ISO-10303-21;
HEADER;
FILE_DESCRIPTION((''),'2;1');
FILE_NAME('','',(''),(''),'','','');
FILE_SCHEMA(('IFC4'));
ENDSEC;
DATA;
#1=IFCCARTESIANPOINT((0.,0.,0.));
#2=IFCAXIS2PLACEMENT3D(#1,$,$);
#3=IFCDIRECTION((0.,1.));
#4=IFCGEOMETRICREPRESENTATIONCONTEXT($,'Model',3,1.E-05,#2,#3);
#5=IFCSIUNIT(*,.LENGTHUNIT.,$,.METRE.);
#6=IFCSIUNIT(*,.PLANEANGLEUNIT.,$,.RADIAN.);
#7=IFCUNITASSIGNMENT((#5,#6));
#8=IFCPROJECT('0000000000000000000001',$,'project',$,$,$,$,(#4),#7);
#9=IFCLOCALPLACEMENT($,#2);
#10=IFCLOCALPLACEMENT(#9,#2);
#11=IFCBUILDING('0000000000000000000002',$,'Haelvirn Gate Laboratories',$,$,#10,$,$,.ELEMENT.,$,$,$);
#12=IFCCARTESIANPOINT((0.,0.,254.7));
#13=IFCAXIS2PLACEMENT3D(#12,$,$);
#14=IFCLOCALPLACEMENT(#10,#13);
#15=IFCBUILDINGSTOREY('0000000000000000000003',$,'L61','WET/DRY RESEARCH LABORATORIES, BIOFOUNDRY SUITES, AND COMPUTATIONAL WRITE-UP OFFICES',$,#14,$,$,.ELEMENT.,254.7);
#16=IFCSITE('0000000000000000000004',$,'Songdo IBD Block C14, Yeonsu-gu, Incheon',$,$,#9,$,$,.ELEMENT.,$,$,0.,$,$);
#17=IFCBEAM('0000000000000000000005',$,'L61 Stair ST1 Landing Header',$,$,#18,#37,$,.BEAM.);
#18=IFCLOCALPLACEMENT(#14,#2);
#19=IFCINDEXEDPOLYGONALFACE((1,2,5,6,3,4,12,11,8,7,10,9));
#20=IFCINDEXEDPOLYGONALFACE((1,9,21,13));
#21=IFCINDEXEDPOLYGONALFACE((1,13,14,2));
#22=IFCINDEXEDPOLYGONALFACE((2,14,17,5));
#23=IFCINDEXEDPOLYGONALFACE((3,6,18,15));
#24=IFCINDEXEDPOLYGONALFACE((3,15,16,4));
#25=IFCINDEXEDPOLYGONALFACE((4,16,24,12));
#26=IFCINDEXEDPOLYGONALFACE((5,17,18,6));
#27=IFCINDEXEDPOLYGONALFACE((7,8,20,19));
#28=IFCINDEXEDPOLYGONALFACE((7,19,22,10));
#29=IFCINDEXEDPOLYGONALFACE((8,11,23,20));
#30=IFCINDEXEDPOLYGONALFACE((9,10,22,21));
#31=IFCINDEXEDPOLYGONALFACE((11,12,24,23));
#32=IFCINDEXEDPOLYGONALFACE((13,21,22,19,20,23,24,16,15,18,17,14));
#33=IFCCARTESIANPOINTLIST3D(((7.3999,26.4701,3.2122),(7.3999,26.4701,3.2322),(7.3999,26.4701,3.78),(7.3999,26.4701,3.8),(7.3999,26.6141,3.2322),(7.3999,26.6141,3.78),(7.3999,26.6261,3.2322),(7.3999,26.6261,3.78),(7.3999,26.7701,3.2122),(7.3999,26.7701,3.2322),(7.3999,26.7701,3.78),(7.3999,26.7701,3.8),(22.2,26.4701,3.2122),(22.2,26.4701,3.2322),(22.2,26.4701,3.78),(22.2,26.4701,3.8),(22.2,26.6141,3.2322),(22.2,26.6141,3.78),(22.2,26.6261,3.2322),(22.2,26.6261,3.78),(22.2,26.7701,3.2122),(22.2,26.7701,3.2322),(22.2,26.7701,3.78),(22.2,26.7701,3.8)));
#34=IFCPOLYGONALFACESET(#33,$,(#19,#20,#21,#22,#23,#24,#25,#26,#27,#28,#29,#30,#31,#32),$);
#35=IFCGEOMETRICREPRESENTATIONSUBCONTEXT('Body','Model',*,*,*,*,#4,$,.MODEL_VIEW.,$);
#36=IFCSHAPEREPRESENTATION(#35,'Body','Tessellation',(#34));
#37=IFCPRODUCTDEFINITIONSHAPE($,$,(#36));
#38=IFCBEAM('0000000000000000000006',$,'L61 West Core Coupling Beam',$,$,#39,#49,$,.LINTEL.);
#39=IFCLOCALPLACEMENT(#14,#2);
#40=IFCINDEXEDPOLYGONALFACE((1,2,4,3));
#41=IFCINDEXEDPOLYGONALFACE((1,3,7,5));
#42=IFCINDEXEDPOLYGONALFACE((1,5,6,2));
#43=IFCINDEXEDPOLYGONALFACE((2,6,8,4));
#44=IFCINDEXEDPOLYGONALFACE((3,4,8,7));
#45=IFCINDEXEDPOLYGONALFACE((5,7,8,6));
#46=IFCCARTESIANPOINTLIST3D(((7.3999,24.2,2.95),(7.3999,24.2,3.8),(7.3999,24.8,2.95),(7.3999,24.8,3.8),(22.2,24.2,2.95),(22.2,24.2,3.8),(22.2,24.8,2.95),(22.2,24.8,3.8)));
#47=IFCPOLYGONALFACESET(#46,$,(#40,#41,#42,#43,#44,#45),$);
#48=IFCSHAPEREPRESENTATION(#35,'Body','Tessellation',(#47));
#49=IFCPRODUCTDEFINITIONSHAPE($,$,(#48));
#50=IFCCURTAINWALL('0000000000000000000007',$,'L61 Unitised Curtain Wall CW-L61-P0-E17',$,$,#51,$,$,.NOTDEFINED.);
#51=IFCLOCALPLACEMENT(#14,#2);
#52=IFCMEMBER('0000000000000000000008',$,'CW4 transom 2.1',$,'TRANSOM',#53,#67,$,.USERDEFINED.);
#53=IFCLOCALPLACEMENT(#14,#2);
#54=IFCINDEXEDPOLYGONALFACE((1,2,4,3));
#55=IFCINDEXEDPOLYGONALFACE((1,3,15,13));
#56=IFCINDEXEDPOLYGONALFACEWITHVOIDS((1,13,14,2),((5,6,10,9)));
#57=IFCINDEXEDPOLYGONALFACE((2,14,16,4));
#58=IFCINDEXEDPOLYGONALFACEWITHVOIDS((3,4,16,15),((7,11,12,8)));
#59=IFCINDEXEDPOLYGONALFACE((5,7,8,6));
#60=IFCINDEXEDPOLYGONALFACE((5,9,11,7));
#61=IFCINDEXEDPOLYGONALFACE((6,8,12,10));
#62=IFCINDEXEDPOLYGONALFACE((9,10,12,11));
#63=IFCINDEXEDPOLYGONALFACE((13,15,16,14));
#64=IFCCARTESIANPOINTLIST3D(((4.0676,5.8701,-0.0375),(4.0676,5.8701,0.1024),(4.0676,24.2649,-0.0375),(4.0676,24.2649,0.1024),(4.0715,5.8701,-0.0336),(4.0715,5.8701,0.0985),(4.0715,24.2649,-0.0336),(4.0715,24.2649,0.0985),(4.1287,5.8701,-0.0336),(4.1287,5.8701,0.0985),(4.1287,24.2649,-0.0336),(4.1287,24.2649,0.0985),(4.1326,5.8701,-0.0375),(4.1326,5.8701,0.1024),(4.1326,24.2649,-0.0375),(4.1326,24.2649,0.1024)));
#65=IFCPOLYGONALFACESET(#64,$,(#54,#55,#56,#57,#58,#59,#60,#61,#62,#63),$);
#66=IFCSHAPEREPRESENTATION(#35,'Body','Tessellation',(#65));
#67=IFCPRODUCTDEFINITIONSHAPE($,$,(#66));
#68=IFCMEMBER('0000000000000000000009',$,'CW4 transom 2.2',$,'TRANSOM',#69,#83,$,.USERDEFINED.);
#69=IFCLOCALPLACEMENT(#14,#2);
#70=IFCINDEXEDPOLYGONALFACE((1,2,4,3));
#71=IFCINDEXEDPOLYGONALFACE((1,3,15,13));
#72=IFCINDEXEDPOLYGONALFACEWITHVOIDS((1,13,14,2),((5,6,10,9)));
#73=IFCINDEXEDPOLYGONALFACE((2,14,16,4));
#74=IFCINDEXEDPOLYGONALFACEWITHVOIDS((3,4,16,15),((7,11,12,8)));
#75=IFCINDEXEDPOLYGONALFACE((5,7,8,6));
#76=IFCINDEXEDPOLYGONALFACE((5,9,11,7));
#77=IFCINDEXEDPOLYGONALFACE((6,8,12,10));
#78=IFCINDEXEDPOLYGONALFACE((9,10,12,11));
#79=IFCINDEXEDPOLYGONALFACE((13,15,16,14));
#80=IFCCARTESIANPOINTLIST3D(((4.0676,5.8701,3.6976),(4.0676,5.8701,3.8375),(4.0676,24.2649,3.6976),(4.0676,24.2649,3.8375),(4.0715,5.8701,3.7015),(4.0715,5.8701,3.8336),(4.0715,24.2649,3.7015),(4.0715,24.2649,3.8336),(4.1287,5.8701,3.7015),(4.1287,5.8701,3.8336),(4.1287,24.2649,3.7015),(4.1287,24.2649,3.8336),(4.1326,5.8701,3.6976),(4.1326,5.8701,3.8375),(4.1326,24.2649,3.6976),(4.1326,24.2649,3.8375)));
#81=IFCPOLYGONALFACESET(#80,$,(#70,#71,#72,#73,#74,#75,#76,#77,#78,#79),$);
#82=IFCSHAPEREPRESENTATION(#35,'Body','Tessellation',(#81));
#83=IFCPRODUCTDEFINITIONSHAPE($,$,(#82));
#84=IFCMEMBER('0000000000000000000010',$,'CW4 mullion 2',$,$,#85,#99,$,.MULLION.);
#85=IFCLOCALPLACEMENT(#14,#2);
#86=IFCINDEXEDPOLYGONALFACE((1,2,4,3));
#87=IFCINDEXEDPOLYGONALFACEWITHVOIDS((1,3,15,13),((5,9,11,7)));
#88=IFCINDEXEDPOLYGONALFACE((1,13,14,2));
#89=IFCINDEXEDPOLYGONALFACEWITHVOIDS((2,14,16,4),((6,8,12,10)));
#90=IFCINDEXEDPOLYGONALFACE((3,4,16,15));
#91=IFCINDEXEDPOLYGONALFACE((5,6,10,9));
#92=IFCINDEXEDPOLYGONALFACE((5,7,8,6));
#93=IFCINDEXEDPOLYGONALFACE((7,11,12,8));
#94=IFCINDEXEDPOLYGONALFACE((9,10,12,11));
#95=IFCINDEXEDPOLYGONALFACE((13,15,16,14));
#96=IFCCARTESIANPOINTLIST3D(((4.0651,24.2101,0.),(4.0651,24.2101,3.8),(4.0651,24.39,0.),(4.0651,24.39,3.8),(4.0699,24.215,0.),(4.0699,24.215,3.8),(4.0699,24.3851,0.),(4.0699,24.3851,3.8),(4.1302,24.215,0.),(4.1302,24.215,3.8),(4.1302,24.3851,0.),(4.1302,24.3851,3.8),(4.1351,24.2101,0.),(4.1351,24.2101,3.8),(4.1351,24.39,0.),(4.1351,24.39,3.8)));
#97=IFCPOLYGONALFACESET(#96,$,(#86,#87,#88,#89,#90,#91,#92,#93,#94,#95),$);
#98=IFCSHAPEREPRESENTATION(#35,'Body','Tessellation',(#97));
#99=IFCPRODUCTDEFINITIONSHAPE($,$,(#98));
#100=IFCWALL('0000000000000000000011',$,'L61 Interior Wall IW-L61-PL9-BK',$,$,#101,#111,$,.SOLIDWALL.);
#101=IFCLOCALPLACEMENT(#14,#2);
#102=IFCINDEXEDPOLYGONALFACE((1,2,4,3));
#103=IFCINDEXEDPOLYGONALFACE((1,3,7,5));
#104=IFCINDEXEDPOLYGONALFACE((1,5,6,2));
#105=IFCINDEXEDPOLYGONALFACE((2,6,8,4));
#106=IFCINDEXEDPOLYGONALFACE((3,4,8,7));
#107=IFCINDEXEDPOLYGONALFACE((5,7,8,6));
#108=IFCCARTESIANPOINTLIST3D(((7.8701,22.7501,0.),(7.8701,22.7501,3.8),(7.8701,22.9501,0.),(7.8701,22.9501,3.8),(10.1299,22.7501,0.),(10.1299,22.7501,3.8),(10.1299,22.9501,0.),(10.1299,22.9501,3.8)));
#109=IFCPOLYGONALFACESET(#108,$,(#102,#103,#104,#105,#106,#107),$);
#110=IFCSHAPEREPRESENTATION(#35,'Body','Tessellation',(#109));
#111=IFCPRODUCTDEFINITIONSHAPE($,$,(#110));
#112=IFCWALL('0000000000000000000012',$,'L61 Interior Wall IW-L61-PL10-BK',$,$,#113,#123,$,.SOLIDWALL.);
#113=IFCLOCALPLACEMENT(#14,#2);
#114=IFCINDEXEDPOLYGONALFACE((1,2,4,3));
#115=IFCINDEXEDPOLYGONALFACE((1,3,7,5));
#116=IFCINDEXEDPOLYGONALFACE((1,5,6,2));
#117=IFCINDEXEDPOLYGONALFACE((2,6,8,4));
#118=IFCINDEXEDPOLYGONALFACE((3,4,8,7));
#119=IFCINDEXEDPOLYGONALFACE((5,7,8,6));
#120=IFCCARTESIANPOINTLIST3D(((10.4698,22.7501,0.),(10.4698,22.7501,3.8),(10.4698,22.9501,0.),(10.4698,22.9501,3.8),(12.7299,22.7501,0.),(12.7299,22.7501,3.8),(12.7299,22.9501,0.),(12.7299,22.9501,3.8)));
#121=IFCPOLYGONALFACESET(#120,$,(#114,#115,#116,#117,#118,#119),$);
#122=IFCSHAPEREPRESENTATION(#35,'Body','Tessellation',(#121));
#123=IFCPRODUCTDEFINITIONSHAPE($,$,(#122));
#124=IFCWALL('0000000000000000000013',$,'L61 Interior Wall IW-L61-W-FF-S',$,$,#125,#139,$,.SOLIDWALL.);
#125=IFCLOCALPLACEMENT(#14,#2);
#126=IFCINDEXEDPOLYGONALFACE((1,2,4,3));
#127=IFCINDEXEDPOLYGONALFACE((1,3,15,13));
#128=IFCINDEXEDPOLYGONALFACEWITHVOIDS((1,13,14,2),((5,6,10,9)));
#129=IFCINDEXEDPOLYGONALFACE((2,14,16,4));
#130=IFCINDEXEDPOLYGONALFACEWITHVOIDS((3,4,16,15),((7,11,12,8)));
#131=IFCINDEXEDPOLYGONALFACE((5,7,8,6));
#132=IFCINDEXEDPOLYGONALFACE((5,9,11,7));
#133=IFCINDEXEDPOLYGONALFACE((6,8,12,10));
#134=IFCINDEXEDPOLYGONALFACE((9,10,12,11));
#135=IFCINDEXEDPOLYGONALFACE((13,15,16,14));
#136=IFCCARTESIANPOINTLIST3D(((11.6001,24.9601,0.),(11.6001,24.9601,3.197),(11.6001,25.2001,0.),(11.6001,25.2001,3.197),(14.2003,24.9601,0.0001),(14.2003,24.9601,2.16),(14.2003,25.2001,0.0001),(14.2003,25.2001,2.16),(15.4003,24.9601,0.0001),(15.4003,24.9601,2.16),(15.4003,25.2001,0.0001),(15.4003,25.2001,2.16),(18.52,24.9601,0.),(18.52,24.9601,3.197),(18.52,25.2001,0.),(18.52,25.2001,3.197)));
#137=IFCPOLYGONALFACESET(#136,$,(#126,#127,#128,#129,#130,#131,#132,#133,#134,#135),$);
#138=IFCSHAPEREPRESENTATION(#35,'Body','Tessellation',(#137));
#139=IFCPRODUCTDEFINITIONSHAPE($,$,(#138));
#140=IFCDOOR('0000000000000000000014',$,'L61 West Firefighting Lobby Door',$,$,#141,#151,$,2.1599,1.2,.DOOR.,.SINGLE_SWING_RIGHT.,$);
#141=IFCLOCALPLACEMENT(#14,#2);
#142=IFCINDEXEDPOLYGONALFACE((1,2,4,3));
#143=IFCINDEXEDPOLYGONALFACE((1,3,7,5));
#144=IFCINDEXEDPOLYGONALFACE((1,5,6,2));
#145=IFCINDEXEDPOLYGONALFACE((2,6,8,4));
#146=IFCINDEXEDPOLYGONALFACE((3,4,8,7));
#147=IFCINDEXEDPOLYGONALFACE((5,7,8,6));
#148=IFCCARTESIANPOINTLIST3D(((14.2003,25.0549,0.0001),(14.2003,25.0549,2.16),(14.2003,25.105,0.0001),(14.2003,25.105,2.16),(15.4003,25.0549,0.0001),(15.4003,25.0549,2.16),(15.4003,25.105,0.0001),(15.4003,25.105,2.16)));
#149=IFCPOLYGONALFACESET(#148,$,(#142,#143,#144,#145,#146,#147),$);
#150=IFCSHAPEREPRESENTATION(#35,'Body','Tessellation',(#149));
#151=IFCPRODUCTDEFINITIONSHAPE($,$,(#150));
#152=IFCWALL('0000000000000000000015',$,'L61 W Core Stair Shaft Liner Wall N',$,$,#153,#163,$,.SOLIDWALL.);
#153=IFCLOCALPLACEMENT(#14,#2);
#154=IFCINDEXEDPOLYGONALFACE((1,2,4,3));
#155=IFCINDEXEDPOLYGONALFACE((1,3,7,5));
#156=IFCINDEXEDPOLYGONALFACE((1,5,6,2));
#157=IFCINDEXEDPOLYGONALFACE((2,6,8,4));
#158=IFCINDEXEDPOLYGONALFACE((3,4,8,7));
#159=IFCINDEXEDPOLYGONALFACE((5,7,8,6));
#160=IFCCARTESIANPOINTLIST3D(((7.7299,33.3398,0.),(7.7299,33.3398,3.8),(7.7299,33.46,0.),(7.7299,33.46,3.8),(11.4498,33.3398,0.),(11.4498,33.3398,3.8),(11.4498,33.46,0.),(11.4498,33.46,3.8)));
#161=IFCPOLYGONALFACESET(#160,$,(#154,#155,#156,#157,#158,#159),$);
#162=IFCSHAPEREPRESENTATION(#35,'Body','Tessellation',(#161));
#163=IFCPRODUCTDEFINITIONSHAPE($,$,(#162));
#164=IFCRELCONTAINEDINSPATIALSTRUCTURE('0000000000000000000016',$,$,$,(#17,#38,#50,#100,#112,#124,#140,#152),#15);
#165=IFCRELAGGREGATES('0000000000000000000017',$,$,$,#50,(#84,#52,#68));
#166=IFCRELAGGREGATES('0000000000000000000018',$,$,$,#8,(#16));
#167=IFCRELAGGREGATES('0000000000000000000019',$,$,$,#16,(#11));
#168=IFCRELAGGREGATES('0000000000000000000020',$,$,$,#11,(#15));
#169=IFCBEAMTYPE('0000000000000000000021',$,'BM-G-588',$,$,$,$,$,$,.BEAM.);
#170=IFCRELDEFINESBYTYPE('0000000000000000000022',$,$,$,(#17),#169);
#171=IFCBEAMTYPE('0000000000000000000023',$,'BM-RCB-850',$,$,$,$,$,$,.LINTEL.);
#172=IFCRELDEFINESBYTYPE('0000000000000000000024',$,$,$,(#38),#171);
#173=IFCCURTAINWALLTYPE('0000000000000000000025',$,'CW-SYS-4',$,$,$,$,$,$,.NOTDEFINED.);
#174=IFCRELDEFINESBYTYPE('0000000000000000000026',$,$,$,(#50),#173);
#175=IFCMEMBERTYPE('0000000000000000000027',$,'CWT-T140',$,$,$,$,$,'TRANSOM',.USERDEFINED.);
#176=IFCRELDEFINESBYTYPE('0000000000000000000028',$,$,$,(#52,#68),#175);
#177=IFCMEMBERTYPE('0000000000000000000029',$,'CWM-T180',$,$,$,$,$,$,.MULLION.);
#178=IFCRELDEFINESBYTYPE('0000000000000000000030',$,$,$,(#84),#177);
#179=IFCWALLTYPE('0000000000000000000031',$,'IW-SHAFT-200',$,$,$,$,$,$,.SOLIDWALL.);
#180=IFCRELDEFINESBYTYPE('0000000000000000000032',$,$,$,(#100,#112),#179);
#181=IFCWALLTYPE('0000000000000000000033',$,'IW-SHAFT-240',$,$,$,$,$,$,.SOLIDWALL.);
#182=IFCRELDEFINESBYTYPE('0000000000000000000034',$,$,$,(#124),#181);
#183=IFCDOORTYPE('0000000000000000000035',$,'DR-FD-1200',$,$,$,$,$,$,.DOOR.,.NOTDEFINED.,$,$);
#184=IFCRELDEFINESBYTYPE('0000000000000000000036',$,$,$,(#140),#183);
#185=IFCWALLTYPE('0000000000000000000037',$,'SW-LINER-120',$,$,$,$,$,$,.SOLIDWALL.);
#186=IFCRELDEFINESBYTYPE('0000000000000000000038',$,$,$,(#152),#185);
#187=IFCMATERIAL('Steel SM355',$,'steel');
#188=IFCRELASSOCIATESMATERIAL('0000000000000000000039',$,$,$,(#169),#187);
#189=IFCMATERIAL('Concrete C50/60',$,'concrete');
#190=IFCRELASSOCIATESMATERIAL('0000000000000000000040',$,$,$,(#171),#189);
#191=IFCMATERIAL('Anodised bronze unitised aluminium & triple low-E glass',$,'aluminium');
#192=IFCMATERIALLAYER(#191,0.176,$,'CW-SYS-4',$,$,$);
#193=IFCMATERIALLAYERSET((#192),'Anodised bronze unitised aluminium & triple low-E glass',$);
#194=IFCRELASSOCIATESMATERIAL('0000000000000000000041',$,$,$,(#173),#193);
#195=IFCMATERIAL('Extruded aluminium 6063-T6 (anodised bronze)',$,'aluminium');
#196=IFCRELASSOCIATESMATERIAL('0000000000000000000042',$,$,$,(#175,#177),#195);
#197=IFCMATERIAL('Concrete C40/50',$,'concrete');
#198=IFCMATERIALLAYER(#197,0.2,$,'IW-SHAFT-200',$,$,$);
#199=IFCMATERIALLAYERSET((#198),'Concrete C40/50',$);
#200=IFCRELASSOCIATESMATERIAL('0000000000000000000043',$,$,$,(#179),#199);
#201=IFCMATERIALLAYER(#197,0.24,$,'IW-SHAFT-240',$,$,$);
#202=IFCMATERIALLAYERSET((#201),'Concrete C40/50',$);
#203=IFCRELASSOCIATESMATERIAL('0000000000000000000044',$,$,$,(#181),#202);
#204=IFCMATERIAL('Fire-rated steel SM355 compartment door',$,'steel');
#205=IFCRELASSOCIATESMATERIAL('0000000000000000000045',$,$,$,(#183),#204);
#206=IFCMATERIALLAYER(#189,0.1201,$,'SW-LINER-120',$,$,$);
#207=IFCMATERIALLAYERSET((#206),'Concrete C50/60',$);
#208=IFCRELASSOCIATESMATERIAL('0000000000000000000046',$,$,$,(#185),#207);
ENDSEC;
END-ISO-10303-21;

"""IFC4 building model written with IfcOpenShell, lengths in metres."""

from ifc_helpers import new_model, si_unit, direction, frame, frame_2d, origin, origin_2d, place, context, subcontext, project, spatial, rectangle, hollow_rectangle, i_section, extrude, source, transform, mapped, material, layer, layer_set, material_profile, profile_set, type_object, type_shapes, element, fill, aggregate, save


model = new_model("IFC4")

# Units and contexts
model_context = context("Model", 3, precision=1e-05, world=origin(), true_north=direction((0.0, 1.0)))
body_context = subcontext(model_context, "Body", "Model", "MODEL_VIEW")
ifc_project = project(units=[si_unit("LENGTHUNIT", "METRE"), si_unit("PLANEANGLEUNIT", "RADIAN")], contexts=[model_context])

# Site, building, storey
site_placement = place(None, origin())
site = spatial("IfcSite", under=ifc_project, at=site_placement, Name="Songdo IBD Block C14, Yeonsu-gu, Incheon", CompositionType="ELEMENT", RefElevation=0.0)
building_placement = place(site_placement, origin())
building = spatial("IfcBuilding", under=site, at=building_placement, Name="Haelvirn Gate Laboratories", CompositionType="ELEMENT")
storey_placement = place(building_placement, frame((0.0, 0.0, 254.7)))
storey = spatial("IfcBuildingStorey", under=building, at=storey_placement, Name="L61", Description="WET/DRY RESEARCH LABORATORIES, BIOFOUNDRY SUITES, AND COMPUTATIONAL WRITE-UP OFFICES", CompositionType="ELEMENT", Elevation=254.7)

# Beams
ifc_material_1 = material(Name="Steel SM355", Category="steel")
ifc_material_profile_1 = material_profile(ifc_material_1, i_section(OverallWidth=0.3, OverallDepth=0.5879, WebThickness=0.012, FlangeThickness=0.02, at=origin_2d()), Name="H-588x300x12x20")
ifc_profile_set_1 = profile_set([ifc_material_profile_1], Name="Steel SM355")
beam_type_1 = type_object("IfcBeamType", Name="BM-G-588", PredefinedType="BEAM", material=ifc_profile_set_1)
shared_shape_1 = source(origin(), body_context, "Body", "SweptSolid", [
    extrude(i_section(OverallWidth=0.3, OverallDepth=0.5879, WebThickness=0.012, FlangeThickness=0.02, at=origin_2d()), origin(), (0.0, 0.0, 1.0), 14.8),
])
type_shapes(beam_type_1, [shared_shape_1])
beam_1_placement = place(storey_placement, frame((7.3999, 26.6201, 3.5061), z_axis=(1.0, 0.0, 0.0), x_axis=(0.0, 1.0, 0.0)))
element("IfcBeam", 1, at=beam_1_placement, inside=storey, type_object=beam_type_1, Name="L61 Stair ST1 Landing Header", PredefinedType="BEAM", context=body_context, shape_type="MappedRepresentation", body=[
    mapped(shared_shape_1, transform((0.0, 0.0, 0.0), scale=1.0)),
])
ifc_material_2 = material(Name="Concrete C50/60", Category="concrete")
ifc_material_profile_2 = material_profile(ifc_material_2, rectangle(XDim=0.6001, YDim=0.8501, at=origin_2d()), Name="RCB-600x850")
ifc_profile_set_2 = profile_set([ifc_material_profile_2], Name="Concrete C50/60")
beam_type_2 = type_object("IfcBeamType", Name="BM-RCB-850", PredefinedType="LINTEL", material=ifc_profile_set_2)
shared_shape_2 = source(origin(), body_context, "Body", "SweptSolid", [
    extrude(rectangle(XDim=0.6001, YDim=0.8501, at=origin_2d()), origin(), (0.0, 0.0, 1.0), 14.8),
])
type_shapes(beam_type_2, [shared_shape_2])
beam_2_placement = place(storey_placement, frame((7.3999, 24.5, 3.375), z_axis=(1.0, 0.0, 0.0), x_axis=(0.0, 1.0, 0.0)))
element("IfcBeam", 2, at=beam_2_placement, inside=storey, type_object=beam_type_2, Name="L61 West Core Coupling Beam", PredefinedType="LINTEL", context=body_context, shape_type="MappedRepresentation", body=[
    mapped(shared_shape_2, transform((0.0, 0.0, 0.0), scale=1.0)),
])

# Curtain wall, members
ifc_material_3 = material(Name="Anodised bronze unitised aluminium & triple low-E glass", Category="aluminium")
ifc_layer_1 = layer(ifc_material_3, 0.176, Name="CW-SYS-4")
ifc_layer_set_1 = layer_set([ifc_layer_1], Name="Anodised bronze unitised aluminium & triple low-E glass")
curtain_wall_type = type_object("IfcCurtainWallType", Name="CW-SYS-4", PredefinedType="NOTDEFINED", material=ifc_layer_set_1)
curtain_wall_placement = place(storey_placement, origin())
curtain_wall = element("IfcCurtainWall", 3, at=curtain_wall_placement, inside=storey, type_object=curtain_wall_type, Name="L61 Unitised Curtain Wall CW-L61-P0-E17", PredefinedType="NOTDEFINED")
ifc_material_4 = material(Name="Extruded aluminium 6063-T6 (anodised bronze)", Category="aluminium")
ifc_material_profile_3 = material_profile(ifc_material_4, hollow_rectangle(XDim=0.0649, YDim=0.1399, WallThickness=0.0039, at=origin_2d()), Name="CWT-140x65x4")
ifc_profile_set_3 = profile_set([ifc_material_profile_3], Name="Extruded aluminium 6063-T6 (anodised bronze)")
member_type_1 = type_object("IfcMemberType", Name="CWT-T140", ElementType="TRANSOM", PredefinedType="USERDEFINED", material=ifc_profile_set_3)
shared_shape_3 = source(origin(), body_context, "Body", "SweptSolid", [
    extrude(hollow_rectangle(XDim=0.0649, YDim=0.1399, WallThickness=0.0039, at=origin_2d()), origin(), (0.0, 0.0, 1.0), 18.3948),
])
type_shapes(member_type_1, [shared_shape_3])
member_1_placement = place(storey_placement, frame((4.1001, 24.2649, 0.0325), z_axis=(0.0, -1.0, 0.0), x_axis=(1.0, 0.0, 0.0)))
member_1 = element("IfcMember", 4, at=member_1_placement, type_object=member_type_1, Name="CW4 transom 2.1", ObjectType="TRANSOM", PredefinedType="USERDEFINED", context=body_context, shape_type="MappedRepresentation", body=[
    mapped(shared_shape_3, transform((0.0, 0.0, 0.0), scale=1.0)),
])
member_2_placement = place(storey_placement, frame((4.1001, 24.2649, 3.7676), z_axis=(0.0, -1.0, 0.0), x_axis=(1.0, 0.0, 0.0)))
member_2 = element("IfcMember", 5, at=member_2_placement, type_object=member_type_1, Name="CW4 transom 2.2", ObjectType="TRANSOM", PredefinedType="USERDEFINED", context=body_context, shape_type="MappedRepresentation", body=[
    mapped(shared_shape_3, transform((0.0, 0.0, 0.0), scale=1.0)),
])
ifc_material_profile_4 = material_profile(ifc_material_4, hollow_rectangle(XDim=0.0701, YDim=0.1799, WallThickness=0.0049, at=origin_2d()), Name="CWM-180x70x5")
ifc_profile_set_4 = profile_set([ifc_material_profile_4], Name="Extruded aluminium 6063-T6 (anodised bronze)")
member_type_2 = type_object("IfcMemberType", Name="CWM-T180", PredefinedType="MULLION", material=ifc_profile_set_4)
shared_shape_4 = source(origin(), body_context, "Body", "SweptSolid", [
    extrude(hollow_rectangle(XDim=0.0701, YDim=0.1799, WallThickness=0.0049, at=origin_2d()), origin(), (0.0, 0.0, 1.0), 3.8),
])
type_shapes(member_type_2, [shared_shape_4])
member_3_placement = place(storey_placement, frame((4.1001, 24.3, 0.0), z_axis=(0.0, 0.0, 1.0), x_axis=(1.0, 0.0, 0.0)))
member_3 = element("IfcMember", 6, at=member_3_placement, type_object=member_type_2, Name="CW4 mullion 2", PredefinedType="MULLION", context=body_context, shape_type="MappedRepresentation", body=[
    mapped(shared_shape_4, transform((0.0, 0.0, 0.0), scale=1.0)),
])
aggregate(curtain_wall, [member_3, member_1, member_2])

# Walls
ifc_material_5 = material(Name="Concrete C40/50", Category="concrete")
ifc_layer_2 = layer(ifc_material_5, 0.2, Name="IW-SHAFT-200")
ifc_layer_set_2 = layer_set([ifc_layer_2], Name="Concrete C40/50")
wall_type_1 = type_object("IfcWallType", Name="IW-SHAFT-200", PredefinedType="SOLIDWALL", material=ifc_layer_set_2)
wall_1_placement = place(storey_placement, frame((7.8701, 22.8501, 0.0), z_axis=(0.0, 0.0, 1.0), x_axis=(1.0, 0.0, 0.0)))
element("IfcWall", 7, at=wall_1_placement, inside=storey, type_object=wall_type_1, Name="L61 Interior Wall IW-L61-PL9-BK", PredefinedType="SOLIDWALL", context=body_context, shape_type="SweptSolid", body=[
    extrude(rectangle(XDim=2.2598, YDim=0.2, at=frame_2d((1.1299, 0.0))), origin(), (0.0, 0.0, 1.0), 3.8),
])
wall_2_placement = place(storey_placement, frame((10.47, 22.8501, 0.0), z_axis=(0.0, 0.0, 1.0), x_axis=(1.0, 0.0, 0.0)))
element("IfcWall", 8, at=wall_2_placement, inside=storey, type_object=wall_type_1, Name="L61 Interior Wall IW-L61-PL10-BK", PredefinedType="SOLIDWALL", context=body_context, shape_type="SweptSolid", body=[
    extrude(rectangle(XDim=2.26, YDim=0.2, at=frame_2d((1.1299, 0.0))), origin(), (0.0, 0.0, 1.0), 3.8),
])

# Wall, opening, door
ifc_layer_3 = layer(ifc_material_5, 0.24, Name="IW-SHAFT-240")
ifc_layer_set_3 = layer_set([ifc_layer_3], Name="Concrete C40/50")
wall_type_2 = type_object("IfcWallType", Name="IW-SHAFT-240", PredefinedType="SOLIDWALL", material=ifc_layer_set_3)
wall_3_placement = place(storey_placement, frame((11.6001, 25.0801, 0.0), z_axis=(0.0, 0.0, 1.0), x_axis=(1.0, 0.0, 0.0)))
wall_3 = element("IfcWall", 9, at=wall_3_placement, inside=storey, type_object=wall_type_2, Name="L61 Interior Wall IW-L61-W-FF-S", PredefinedType="SOLIDWALL", context=body_context, shape_type="SweptSolid", body=[
    extrude(rectangle(XDim=6.9199, YDim=0.24, at=frame_2d((3.46, 0.0))), origin(), (0.0, 0.0, 1.0), 3.197),
])
opening_1_placement = place(wall_3_placement, frame((2.6001, 0.0, 0.0)))
opening_1 = element("IfcOpeningElement", 10, at=opening_1_placement, cuts=wall_3, PredefinedType="OPENING", context=body_context, shape_type="SweptSolid", body=[
    extrude(rectangle(XDim=1.2, YDim=2.1599, at=frame_2d((0.6001, 1.0801))), frame((0.0, 0.1299, 0.0), z_axis=(0.0, -1.0, 0.0), x_axis=(1.0, 0.0, 0.0)), (0.0, 0.0, 1.0), 0.26),
])
ifc_material_6 = material(Name="Fire-rated steel SM355 compartment door", Category="steel")
door_type_1 = type_object("IfcDoorType", Name="DR-FD-1200", OperationType="NOTDEFINED", PredefinedType="DOOR", material=ifc_material_6)
shared_shape_5 = source(origin(), body_context, "Body", "SweptSolid", [
    extrude(rectangle(XDim=1.2, YDim=2.1599, at=frame_2d((0.6001, 1.0801))), frame((0.0, 0.0249, 0.0), z_axis=(0.0, -1.0, 0.0), x_axis=(1.0, 0.0, 0.0)), (0.0, 0.0, 1.0), 0.05),
])
type_shapes(door_type_1, [shared_shape_5])
door_1_placement = place(opening_1_placement, origin())
door_1 = element("IfcDoor", 11, at=door_1_placement, inside=storey, type_object=door_type_1, Name="L61 West Firefighting Lobby Door", OperationType="SINGLE_SWING_RIGHT", OverallHeight=2.1599, OverallWidth=1.2, PredefinedType="DOOR", context=body_context, shape_type="MappedRepresentation", body=[
    mapped(shared_shape_5, transform((0.0, 0.0, 0.0), scale=1.0)),
])
fill(opening_1, door_1)

# Wall
ifc_layer_4 = layer(ifc_material_2, 0.1201, Name="SW-LINER-120")
ifc_layer_set_4 = layer_set([ifc_layer_4], Name="Concrete C50/60")
wall_type_3 = type_object("IfcWallType", Name="SW-LINER-120", PredefinedType="SOLIDWALL", material=ifc_layer_set_4)
wall_4_placement = place(storey_placement, frame((7.73, 33.3999, 0.0), z_axis=(0.0, 0.0, 1.0), x_axis=(1.0, 0.0, 0.0)))
element("IfcWall", 12, at=wall_4_placement, inside=storey, type_object=wall_type_3, Name="L61 W Core Stair Shaft Liner Wall N", PredefinedType="SOLIDWALL", context=body_context, shape_type="SweptSolid", body=[
    extrude(rectangle(XDim=3.72, YDim=0.1201, at=frame_2d((1.8599, 0.0))), origin(), (0.0, 0.0, 1.0), 3.8),
])

save(model, "model.ifc")
